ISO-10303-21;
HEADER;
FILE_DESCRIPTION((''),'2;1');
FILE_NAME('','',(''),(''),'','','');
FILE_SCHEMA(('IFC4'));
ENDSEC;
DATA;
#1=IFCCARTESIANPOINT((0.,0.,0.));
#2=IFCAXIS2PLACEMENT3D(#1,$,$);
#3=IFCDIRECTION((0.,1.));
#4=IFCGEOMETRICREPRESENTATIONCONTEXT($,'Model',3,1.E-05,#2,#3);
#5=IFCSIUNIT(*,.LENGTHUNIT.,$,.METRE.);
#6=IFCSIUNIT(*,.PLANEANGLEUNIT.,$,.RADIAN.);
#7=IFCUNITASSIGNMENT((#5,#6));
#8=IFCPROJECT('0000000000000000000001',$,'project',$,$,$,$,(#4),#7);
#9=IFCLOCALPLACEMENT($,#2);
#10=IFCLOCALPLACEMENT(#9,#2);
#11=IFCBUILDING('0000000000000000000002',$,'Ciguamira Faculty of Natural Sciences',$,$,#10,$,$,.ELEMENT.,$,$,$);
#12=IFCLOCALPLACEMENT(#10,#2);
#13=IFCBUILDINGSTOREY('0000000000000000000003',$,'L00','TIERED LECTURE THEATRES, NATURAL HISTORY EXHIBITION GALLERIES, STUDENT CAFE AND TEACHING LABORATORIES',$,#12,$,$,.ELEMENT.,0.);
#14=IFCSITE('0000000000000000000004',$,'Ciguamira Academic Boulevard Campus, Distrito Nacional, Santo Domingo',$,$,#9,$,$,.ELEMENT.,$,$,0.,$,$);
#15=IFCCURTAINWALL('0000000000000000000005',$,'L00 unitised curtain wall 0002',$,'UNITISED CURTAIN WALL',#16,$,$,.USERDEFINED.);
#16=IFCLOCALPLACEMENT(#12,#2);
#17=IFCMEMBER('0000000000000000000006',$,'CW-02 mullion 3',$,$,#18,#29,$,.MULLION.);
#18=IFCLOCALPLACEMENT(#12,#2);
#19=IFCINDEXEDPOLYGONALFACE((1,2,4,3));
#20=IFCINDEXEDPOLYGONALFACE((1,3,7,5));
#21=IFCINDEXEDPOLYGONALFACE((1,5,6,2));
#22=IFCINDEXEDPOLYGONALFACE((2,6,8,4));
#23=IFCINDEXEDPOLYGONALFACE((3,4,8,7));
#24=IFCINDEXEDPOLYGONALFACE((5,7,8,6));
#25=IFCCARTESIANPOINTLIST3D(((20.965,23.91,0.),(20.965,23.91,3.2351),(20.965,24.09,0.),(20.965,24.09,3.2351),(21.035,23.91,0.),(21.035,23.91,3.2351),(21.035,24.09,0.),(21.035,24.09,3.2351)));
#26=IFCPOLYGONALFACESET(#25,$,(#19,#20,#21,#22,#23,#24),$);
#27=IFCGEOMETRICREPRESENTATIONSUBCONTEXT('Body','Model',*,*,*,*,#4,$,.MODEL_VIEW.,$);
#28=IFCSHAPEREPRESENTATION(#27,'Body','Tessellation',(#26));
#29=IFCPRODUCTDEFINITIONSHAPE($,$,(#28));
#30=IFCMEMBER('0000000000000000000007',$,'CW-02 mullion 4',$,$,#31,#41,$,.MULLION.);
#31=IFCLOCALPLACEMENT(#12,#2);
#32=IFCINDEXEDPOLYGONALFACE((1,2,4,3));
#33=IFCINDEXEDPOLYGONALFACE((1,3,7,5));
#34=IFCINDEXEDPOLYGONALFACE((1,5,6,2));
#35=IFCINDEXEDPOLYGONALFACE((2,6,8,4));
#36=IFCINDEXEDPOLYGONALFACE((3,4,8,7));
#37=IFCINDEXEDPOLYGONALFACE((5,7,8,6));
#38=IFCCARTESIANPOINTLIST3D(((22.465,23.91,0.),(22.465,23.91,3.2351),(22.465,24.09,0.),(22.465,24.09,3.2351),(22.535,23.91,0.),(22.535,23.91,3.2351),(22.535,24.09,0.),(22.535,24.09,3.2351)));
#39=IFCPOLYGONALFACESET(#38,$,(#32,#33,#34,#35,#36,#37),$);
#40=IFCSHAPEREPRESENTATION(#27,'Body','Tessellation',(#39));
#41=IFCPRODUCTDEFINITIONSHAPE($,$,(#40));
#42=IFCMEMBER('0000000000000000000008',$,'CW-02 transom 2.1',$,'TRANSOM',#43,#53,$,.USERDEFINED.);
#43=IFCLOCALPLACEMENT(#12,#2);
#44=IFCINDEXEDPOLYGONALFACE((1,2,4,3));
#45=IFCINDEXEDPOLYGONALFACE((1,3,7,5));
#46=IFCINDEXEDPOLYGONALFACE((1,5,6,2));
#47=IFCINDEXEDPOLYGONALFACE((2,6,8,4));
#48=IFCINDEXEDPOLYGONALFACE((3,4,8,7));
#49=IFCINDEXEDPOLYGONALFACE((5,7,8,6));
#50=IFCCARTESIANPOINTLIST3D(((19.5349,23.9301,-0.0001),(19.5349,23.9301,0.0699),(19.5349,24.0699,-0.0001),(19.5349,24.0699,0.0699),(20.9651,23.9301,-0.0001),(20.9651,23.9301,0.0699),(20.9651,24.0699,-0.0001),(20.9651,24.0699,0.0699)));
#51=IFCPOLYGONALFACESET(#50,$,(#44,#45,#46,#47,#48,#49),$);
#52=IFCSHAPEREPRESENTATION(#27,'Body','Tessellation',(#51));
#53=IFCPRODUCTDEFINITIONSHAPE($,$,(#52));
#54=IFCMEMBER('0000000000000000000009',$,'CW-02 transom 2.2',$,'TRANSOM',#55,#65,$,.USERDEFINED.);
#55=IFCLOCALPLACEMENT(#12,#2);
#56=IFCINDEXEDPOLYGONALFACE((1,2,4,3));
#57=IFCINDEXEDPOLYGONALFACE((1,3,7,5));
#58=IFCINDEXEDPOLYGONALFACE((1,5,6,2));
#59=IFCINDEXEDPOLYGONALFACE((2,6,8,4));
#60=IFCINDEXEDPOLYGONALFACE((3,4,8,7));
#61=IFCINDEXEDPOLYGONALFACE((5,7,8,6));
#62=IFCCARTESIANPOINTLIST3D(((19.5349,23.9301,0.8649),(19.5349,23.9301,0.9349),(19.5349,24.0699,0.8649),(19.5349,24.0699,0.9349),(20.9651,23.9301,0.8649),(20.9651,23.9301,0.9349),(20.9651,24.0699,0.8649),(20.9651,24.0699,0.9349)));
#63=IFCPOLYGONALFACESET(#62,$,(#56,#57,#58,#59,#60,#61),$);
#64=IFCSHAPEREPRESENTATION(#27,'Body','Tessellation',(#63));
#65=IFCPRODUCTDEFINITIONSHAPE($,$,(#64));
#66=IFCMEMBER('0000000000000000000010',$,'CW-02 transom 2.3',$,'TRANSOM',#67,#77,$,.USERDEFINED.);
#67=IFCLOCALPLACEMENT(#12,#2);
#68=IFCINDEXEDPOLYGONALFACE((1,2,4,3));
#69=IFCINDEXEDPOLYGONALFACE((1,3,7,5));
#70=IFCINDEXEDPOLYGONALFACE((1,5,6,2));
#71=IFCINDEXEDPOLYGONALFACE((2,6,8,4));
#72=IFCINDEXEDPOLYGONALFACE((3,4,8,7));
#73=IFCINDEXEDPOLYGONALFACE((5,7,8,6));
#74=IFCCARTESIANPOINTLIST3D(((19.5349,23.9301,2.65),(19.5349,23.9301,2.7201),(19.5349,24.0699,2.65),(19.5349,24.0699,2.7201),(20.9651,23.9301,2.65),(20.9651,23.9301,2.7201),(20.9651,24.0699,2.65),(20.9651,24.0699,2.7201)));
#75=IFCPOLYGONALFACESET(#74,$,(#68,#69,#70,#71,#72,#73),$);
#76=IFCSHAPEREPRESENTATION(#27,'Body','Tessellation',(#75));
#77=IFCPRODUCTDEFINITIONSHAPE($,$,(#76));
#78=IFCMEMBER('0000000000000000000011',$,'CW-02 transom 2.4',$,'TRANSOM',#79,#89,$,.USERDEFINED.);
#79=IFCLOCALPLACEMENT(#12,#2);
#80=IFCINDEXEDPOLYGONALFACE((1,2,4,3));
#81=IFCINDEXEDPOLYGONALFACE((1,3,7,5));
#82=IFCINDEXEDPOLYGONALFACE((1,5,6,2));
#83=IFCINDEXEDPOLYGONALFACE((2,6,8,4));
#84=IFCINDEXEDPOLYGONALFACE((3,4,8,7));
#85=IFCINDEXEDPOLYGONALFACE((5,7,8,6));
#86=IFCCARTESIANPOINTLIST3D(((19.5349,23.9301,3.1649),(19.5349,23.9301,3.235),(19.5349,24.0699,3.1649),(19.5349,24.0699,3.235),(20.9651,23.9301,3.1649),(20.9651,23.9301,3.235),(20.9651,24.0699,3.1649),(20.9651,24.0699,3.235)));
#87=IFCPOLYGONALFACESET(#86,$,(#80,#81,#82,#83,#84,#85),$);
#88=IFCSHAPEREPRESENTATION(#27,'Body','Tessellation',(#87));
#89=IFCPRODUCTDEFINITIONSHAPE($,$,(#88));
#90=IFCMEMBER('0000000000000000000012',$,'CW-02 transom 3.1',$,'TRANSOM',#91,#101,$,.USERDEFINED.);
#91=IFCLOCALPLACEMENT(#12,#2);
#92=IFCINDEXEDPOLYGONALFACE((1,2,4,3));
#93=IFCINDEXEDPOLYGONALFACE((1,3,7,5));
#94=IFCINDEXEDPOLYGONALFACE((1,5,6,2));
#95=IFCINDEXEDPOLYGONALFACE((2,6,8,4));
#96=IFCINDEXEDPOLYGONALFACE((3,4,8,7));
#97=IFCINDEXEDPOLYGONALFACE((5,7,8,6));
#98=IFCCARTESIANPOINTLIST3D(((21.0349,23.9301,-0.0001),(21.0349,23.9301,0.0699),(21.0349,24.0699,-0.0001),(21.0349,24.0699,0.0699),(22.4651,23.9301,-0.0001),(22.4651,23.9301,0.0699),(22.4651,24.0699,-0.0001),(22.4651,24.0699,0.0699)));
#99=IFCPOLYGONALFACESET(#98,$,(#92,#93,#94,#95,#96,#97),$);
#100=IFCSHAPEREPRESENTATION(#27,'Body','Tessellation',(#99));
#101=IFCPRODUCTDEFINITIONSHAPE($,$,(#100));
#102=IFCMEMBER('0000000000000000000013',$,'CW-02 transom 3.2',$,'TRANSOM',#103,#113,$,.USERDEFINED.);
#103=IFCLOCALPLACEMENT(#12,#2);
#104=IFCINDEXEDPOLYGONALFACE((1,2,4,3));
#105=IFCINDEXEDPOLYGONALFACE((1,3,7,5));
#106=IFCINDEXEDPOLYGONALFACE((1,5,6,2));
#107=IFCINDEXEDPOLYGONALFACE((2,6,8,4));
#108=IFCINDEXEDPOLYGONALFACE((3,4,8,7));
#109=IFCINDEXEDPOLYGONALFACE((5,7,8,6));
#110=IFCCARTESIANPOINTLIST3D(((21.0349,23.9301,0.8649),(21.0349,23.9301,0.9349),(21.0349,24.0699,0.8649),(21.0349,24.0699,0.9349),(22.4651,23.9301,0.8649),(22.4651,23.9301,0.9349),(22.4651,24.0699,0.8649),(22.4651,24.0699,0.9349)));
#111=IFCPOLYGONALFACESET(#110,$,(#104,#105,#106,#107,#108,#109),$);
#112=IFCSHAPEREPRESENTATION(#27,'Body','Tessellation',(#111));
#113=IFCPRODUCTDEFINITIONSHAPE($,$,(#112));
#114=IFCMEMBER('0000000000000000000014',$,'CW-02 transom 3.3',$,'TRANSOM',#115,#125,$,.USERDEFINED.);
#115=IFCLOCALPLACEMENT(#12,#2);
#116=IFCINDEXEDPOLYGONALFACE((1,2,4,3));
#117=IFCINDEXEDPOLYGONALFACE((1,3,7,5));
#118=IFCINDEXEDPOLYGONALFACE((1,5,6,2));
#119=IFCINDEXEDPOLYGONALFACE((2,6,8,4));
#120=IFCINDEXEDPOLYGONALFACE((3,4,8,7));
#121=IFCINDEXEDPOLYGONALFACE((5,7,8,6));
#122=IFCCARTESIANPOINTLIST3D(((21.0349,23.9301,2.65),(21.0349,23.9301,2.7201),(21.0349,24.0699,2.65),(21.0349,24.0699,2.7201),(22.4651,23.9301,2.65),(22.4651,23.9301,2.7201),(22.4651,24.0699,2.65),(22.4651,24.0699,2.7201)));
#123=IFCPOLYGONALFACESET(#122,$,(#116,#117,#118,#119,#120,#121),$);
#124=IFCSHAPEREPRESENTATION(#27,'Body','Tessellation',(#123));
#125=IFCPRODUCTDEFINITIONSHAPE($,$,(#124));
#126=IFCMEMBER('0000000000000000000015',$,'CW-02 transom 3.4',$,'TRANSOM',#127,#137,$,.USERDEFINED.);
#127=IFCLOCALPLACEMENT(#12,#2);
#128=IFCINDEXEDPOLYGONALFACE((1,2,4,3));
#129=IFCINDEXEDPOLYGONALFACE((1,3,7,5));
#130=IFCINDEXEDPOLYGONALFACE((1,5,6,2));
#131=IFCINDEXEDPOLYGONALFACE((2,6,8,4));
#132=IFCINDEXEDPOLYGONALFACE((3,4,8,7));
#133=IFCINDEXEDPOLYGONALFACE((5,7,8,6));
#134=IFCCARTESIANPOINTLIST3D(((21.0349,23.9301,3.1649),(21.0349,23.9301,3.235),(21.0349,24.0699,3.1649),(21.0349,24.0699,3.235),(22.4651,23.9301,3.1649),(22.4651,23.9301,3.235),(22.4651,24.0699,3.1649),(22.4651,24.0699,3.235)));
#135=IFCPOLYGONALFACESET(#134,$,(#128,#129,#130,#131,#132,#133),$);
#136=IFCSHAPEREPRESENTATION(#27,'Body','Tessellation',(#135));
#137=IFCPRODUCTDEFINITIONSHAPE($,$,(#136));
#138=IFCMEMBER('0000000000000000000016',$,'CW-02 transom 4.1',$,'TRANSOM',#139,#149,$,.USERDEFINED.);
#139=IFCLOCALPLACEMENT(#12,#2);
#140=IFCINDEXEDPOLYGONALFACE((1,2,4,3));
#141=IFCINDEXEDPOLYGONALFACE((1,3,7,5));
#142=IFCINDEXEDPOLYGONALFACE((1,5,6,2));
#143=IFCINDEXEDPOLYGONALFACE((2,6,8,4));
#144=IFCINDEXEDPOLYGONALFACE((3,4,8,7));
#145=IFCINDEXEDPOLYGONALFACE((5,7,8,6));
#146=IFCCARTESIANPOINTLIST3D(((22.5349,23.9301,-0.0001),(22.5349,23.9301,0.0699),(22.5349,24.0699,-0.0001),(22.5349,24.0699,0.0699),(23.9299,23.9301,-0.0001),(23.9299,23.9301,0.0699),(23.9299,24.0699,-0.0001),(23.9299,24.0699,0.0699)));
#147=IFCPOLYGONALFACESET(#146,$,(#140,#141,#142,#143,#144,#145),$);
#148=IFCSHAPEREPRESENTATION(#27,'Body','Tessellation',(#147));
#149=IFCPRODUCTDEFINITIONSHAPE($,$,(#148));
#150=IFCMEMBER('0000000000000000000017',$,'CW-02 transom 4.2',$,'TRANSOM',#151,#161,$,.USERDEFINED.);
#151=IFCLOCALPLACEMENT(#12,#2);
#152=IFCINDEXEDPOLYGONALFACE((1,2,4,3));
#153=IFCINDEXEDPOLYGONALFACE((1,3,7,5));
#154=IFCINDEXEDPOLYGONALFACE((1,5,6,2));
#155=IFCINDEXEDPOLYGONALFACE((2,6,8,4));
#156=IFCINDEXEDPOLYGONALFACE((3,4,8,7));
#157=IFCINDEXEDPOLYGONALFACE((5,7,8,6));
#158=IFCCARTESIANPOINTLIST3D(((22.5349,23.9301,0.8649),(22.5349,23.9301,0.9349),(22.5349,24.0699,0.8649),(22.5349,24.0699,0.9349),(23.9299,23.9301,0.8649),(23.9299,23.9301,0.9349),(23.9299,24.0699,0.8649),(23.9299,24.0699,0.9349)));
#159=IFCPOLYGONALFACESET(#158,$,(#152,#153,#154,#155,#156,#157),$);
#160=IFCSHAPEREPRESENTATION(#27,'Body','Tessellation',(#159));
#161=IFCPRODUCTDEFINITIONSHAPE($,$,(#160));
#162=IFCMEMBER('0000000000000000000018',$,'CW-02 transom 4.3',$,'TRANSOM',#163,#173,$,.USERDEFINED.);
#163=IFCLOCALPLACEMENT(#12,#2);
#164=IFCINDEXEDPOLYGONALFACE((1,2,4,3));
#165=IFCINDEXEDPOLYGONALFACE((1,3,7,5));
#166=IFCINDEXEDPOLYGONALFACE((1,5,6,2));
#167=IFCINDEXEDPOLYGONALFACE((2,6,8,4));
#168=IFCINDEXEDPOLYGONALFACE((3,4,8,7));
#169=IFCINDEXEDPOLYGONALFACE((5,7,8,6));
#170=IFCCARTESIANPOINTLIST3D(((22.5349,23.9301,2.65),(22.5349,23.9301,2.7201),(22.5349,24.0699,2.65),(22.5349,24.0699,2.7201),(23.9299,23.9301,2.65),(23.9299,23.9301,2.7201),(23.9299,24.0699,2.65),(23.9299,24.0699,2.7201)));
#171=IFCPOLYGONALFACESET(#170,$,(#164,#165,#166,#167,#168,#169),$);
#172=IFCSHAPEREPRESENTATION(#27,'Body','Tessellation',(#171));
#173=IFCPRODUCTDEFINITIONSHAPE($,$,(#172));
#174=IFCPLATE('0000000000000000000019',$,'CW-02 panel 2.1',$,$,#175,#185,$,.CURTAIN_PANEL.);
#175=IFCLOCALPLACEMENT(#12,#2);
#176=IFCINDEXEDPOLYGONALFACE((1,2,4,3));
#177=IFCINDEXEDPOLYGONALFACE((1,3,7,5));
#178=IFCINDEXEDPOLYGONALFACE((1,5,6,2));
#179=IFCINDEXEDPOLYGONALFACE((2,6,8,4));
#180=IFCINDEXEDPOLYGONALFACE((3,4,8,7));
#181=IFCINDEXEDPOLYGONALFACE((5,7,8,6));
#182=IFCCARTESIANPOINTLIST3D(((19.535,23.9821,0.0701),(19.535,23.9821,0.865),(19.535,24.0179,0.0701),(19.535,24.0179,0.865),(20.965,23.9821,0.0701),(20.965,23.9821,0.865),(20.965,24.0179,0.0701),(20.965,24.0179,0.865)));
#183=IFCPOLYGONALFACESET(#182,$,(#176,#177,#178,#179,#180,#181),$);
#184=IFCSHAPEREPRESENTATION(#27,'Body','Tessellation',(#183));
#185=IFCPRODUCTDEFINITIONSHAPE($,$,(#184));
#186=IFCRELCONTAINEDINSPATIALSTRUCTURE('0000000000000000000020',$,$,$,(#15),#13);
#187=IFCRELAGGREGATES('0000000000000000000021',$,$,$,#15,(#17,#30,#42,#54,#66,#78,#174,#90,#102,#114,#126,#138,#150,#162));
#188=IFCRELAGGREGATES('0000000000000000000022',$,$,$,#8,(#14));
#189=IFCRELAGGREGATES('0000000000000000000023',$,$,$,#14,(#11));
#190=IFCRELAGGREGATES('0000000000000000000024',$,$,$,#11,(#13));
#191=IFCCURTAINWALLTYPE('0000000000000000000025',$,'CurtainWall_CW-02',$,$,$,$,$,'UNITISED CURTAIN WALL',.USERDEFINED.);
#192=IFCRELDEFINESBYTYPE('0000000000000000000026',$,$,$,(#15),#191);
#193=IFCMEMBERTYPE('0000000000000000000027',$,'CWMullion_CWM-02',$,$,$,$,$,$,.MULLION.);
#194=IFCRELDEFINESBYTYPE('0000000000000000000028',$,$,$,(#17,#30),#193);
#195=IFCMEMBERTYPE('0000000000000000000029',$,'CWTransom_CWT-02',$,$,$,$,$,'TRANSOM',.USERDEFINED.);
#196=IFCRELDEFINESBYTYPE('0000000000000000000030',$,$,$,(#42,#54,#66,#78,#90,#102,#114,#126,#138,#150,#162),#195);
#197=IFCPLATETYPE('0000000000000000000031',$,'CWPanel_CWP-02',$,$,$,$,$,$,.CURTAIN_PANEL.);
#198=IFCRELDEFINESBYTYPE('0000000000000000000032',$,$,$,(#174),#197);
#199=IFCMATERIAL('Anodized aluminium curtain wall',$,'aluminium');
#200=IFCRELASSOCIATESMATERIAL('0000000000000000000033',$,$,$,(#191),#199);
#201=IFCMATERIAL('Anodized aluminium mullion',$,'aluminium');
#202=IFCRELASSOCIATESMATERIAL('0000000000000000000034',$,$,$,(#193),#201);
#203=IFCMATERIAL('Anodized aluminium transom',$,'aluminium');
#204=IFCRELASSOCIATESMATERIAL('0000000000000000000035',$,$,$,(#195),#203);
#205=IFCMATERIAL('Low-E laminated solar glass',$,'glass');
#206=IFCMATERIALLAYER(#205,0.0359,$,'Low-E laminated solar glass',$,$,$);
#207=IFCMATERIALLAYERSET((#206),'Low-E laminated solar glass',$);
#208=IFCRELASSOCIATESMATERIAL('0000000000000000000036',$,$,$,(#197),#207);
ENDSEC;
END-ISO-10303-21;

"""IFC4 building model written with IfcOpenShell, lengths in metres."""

from ifc_helpers import new_model, si_unit, direction, frame, origin, origin_2d, place, context, subcontext, project, spatial, rectangle, extrude, material, layer, layer_set, material_profile, profile_set, type_object, element, aggregate, save


model = new_model("IFC4")

# Units and contexts
model_context = context("Model", 3, precision=1e-05, world=origin(), true_north=direction((0.0, 1.0)))
body_context = subcontext(model_context, "Body", "Model", "MODEL_VIEW")
ifc_project = project(units=[si_unit("LENGTHUNIT", "METRE"), si_unit("PLANEANGLEUNIT", "RADIAN")], contexts=[model_context])

# Site, building, storey
site_placement = place(None, origin())
site = spatial("IfcSite", under=ifc_project, at=site_placement, Name="Ciguamira Academic Boulevard Campus, Distrito Nacional, Santo Domingo", CompositionType="ELEMENT", RefElevation=0.0)
building_placement = place(site_placement, origin())
building = spatial("IfcBuilding", under=site, at=building_placement, Name="Ciguamira Faculty of Natural Sciences", CompositionType="ELEMENT")
storey_placement = place(building_placement, origin())
storey = spatial("IfcBuildingStorey", under=building, at=storey_placement, Name="L00", Description="TIERED LECTURE THEATRES, NATURAL HISTORY EXHIBITION GALLERIES, STUDENT CAFE AND TEACHING LABORATORIES", CompositionType="ELEMENT", Elevation=0.0)

# Curtain wall, members, plate
ifc_material_1 = material(Name="Anodized aluminium curtain wall", Category="aluminium")
curtain_wall_type = type_object("IfcCurtainWallType", Name="CurtainWall_CW-02", ElementType="UNITISED CURTAIN WALL", PredefinedType="USERDEFINED", material=ifc_material_1)
curtain_wall_placement = place(storey_placement, origin())
curtain_wall = element("IfcCurtainWall", 1, at=curtain_wall_placement, inside=storey, type_object=curtain_wall_type, Name="L00 unitised curtain wall 0002", ObjectType="UNITISED CURTAIN WALL", PredefinedType="USERDEFINED")
ifc_material_2 = material(Name="Anodized aluminium mullion", Category="aluminium")
ifc_material_profile_1 = material_profile(ifc_material_2, rectangle(XDim=0.0701, YDim=0.1799, at=origin_2d()), Name="ALU-MUL-70X180")
ifc_profile_set_1 = profile_set([ifc_material_profile_1], Name="Anodized aluminium mullion")
member_type_1 = type_object("IfcMemberType", Name="CWMullion_CWM-02", PredefinedType="MULLION", material=ifc_profile_set_1)
member_1_placement = place(storey_placement, frame((21.0, 24.0, 0.0), z_axis=(0.0, 0.0, 1.0), x_axis=(1.0, 0.0, 0.0)))
member_1 = element("IfcMember", 2, at=member_1_placement, type_object=member_type_1, Name="CW-02 mullion 3", PredefinedType="MULLION", context=body_context, shape_type="SweptSolid", body=[
    extrude(rectangle(XDim=0.0701, YDim=0.1799, at=origin_2d()), origin(), (0.0, 0.0, 1.0), 3.2351),
])
member_2_placement = place(storey_placement, frame((22.5, 24.0, 0.0), z_axis=(0.0, 0.0, 1.0), x_axis=(1.0, 0.0, 0.0)))
member_2 = element("IfcMember", 3, at=member_2_placement, type_object=member_type_1, Name="CW-02 mullion 4", PredefinedType="MULLION", context=body_context, shape_type="SweptSolid", body=[
    extrude(rectangle(XDim=0.0701, YDim=0.1799, at=origin_2d()), origin(), (0.0, 0.0, 1.0), 3.2351),
])
ifc_material_3 = material(Name="Anodized aluminium transom", Category="aluminium")
ifc_material_profile_2 = material_profile(ifc_material_3, rectangle(XDim=0.0701, YDim=0.1399, at=origin_2d()), Name="ALU-TRN-70X140")
ifc_profile_set_2 = profile_set([ifc_material_profile_2], Name="Anodized aluminium transom")
member_type_2 = type_object("IfcMemberType", Name="CWTransom_CWT-02", ElementType="TRANSOM", PredefinedType="USERDEFINED", material=ifc_profile_set_2)
member_3_placement = place(storey_placement, frame((19.5349, 24.0, 0.0349), z_axis=(1.0, 0.0, 0.0), x_axis=(0.0, 0.0, 1.0)))
member_3 = element("IfcMember", 4, at=member_3_placement, type_object=member_type_2, Name="CW-02 transom 2.1", ObjectType="TRANSOM", PredefinedType="USERDEFINED", context=body_context, shape_type="SweptSolid", body=[
    extrude(rectangle(XDim=0.0701, YDim=0.1399, at=origin_2d()), origin(), (0.0, 0.0, 1.0), 1.4302),
])
member_4_placement = place(storey_placement, frame((19.5349, 24.0, 0.8999), z_axis=(1.0, 0.0, 0.0), x_axis=(0.0, 0.0, 1.0)))
member_4 = element("IfcMember", 5, at=member_4_placement, type_object=member_type_2, Name="CW-02 transom 2.2", ObjectType="TRANSOM", PredefinedType="USERDEFINED", context=body_context, shape_type="SweptSolid", body=[
    extrude(rectangle(XDim=0.0701, YDim=0.1399, at=origin_2d()), origin(), (0.0, 0.0, 1.0), 1.4302),
])
member_5_placement = place(storey_placement, frame((19.5349, 24.0, 2.6851), z_axis=(1.0, 0.0, 0.0), x_axis=(0.0, 0.0, 1.0)))
member_5 = element("IfcMember", 6, at=member_5_placement, type_object=member_type_2, Name="CW-02 transom 2.3", ObjectType="TRANSOM", PredefinedType="USERDEFINED", context=body_context, shape_type="SweptSolid", body=[
    extrude(rectangle(XDim=0.0701, YDim=0.1399, at=origin_2d()), origin(), (0.0, 0.0, 1.0), 1.4302),
])
member_6_placement = place(storey_placement, frame((19.5349, 24.0, 3.2), z_axis=(1.0, 0.0, 0.0), x_axis=(0.0, 0.0, 1.0)))
member_6 = element("IfcMember", 7, at=member_6_placement, type_object=member_type_2, Name="CW-02 transom 2.4", ObjectType="TRANSOM", PredefinedType="USERDEFINED", context=body_context, shape_type="SweptSolid", body=[
    extrude(rectangle(XDim=0.0701, YDim=0.1399, at=origin_2d()), origin(), (0.0, 0.0, 1.0), 1.4302),
])
member_7_placement = place(storey_placement, frame((21.0349, 24.0, 0.0349), z_axis=(1.0, 0.0, 0.0), x_axis=(0.0, 0.0, 1.0)))
member_7 = element("IfcMember", 8, at=member_7_placement, type_object=member_type_2, Name="CW-02 transom 3.1", ObjectType="TRANSOM", PredefinedType="USERDEFINED", context=body_context, shape_type="SweptSolid", body=[
    extrude(rectangle(XDim=0.0701, YDim=0.1399, at=origin_2d()), origin(), (0.0, 0.0, 1.0), 1.4302),
])
member_8_placement = place(storey_placement, frame((21.0349, 24.0, 0.8999), z_axis=(1.0, 0.0, 0.0), x_axis=(0.0, 0.0, 1.0)))
member_8 = element("IfcMember", 9, at=member_8_placement, type_object=member_type_2, Name="CW-02 transom 3.2", ObjectType="TRANSOM", PredefinedType="USERDEFINED", context=body_context, shape_type="SweptSolid", body=[
    extrude(rectangle(XDim=0.0701, YDim=0.1399, at=origin_2d()), origin(), (0.0, 0.0, 1.0), 1.4302),
])
member_9_placement = place(storey_placement, frame((21.0349, 24.0, 2.6851), z_axis=(1.0, 0.0, 0.0), x_axis=(0.0, 0.0, 1.0)))
member_9 = element("IfcMember", 10, at=member_9_placement, type_object=member_type_2, Name="CW-02 transom 3.3", ObjectType="TRANSOM", PredefinedType="USERDEFINED", context=body_context, shape_type="SweptSolid", body=[
    extrude(rectangle(XDim=0.0701, YDim=0.1399, at=origin_2d()), origin(), (0.0, 0.0, 1.0), 1.4302),
])
member_10_placement = place(storey_placement, frame((21.0349, 24.0, 3.2), z_axis=(1.0, 0.0, 0.0), x_axis=(0.0, 0.0, 1.0)))
member_10 = element("IfcMember", 11, at=member_10_placement, type_object=member_type_2, Name="CW-02 transom 3.4", ObjectType="TRANSOM", PredefinedType="USERDEFINED", context=body_context, shape_type="SweptSolid", body=[
    extrude(rectangle(XDim=0.0701, YDim=0.1399, at=origin_2d()), origin(), (0.0, 0.0, 1.0), 1.4302),
])
member_11_placement = place(storey_placement, frame((22.5349, 24.0, 0.0349), z_axis=(1.0, 0.0, 0.0), x_axis=(0.0, 0.0, 1.0)))
member_11 = element("IfcMember", 12, at=member_11_placement, type_object=member_type_2, Name="CW-02 transom 4.1", ObjectType="TRANSOM", PredefinedType="USERDEFINED", context=body_context, shape_type="SweptSolid", body=[
    extrude(rectangle(XDim=0.0701, YDim=0.1399, at=origin_2d()), origin(), (0.0, 0.0, 1.0), 1.395),
])
member_12_placement = place(storey_placement, frame((22.5349, 24.0, 0.8999), z_axis=(1.0, 0.0, 0.0), x_axis=(0.0, 0.0, 1.0)))
member_12 = element("IfcMember", 13, at=member_12_placement, type_object=member_type_2, Name="CW-02 transom 4.2", ObjectType="TRANSOM", PredefinedType="USERDEFINED", context=body_context, shape_type="SweptSolid", body=[
    extrude(rectangle(XDim=0.0701, YDim=0.1399, at=origin_2d()), origin(), (0.0, 0.0, 1.0), 1.395),
])
member_13_placement = place(storey_placement, frame((22.5349, 24.0, 2.6851), z_axis=(1.0, 0.0, 0.0), x_axis=(0.0, 0.0, 1.0)))
member_13 = element("IfcMember", 14, at=member_13_placement, type_object=member_type_2, Name="CW-02 transom 4.3", ObjectType="TRANSOM", PredefinedType="USERDEFINED", context=body_context, shape_type="SweptSolid", body=[
    extrude(rectangle(XDim=0.0701, YDim=0.1399, at=origin_2d()), origin(), (0.0, 0.0, 1.0), 1.395),
])
ifc_material_4 = material(Name="Low-E laminated solar glass", Category="glass")
ifc_layer = layer(ifc_material_4, 0.0359, Name="Low-E laminated solar glass")
ifc_layer_set = layer_set([ifc_layer], Name="Low-E laminated solar glass")
plate_type = type_object("IfcPlateType", Name="CWPanel_CWP-02", PredefinedType="CURTAIN_PANEL", material=ifc_layer_set)
plate_1_placement = place(storey_placement, frame((20.25, 24.0, 0.0701), z_axis=(0.0, 0.0, 1.0), x_axis=(1.0, 0.0, 0.0)))
plate_1 = element("IfcPlate", 15, at=plate_1_placement, type_object=plate_type, Name="CW-02 panel 2.1", PredefinedType="CURTAIN_PANEL", context=body_context, shape_type="SweptSolid", body=[
    extrude(rectangle(XDim=1.4299, YDim=0.0359, at=origin_2d()), origin(), (0.0, 0.0, 1.0), 0.7949),
])
aggregate(curtain_wall, [member_1, member_2, member_3, member_4, member_5, member_6, plate_1, member_7, member_8, member_9, member_10, member_11, member_12, member_13])

save(model, "model.ifc")
